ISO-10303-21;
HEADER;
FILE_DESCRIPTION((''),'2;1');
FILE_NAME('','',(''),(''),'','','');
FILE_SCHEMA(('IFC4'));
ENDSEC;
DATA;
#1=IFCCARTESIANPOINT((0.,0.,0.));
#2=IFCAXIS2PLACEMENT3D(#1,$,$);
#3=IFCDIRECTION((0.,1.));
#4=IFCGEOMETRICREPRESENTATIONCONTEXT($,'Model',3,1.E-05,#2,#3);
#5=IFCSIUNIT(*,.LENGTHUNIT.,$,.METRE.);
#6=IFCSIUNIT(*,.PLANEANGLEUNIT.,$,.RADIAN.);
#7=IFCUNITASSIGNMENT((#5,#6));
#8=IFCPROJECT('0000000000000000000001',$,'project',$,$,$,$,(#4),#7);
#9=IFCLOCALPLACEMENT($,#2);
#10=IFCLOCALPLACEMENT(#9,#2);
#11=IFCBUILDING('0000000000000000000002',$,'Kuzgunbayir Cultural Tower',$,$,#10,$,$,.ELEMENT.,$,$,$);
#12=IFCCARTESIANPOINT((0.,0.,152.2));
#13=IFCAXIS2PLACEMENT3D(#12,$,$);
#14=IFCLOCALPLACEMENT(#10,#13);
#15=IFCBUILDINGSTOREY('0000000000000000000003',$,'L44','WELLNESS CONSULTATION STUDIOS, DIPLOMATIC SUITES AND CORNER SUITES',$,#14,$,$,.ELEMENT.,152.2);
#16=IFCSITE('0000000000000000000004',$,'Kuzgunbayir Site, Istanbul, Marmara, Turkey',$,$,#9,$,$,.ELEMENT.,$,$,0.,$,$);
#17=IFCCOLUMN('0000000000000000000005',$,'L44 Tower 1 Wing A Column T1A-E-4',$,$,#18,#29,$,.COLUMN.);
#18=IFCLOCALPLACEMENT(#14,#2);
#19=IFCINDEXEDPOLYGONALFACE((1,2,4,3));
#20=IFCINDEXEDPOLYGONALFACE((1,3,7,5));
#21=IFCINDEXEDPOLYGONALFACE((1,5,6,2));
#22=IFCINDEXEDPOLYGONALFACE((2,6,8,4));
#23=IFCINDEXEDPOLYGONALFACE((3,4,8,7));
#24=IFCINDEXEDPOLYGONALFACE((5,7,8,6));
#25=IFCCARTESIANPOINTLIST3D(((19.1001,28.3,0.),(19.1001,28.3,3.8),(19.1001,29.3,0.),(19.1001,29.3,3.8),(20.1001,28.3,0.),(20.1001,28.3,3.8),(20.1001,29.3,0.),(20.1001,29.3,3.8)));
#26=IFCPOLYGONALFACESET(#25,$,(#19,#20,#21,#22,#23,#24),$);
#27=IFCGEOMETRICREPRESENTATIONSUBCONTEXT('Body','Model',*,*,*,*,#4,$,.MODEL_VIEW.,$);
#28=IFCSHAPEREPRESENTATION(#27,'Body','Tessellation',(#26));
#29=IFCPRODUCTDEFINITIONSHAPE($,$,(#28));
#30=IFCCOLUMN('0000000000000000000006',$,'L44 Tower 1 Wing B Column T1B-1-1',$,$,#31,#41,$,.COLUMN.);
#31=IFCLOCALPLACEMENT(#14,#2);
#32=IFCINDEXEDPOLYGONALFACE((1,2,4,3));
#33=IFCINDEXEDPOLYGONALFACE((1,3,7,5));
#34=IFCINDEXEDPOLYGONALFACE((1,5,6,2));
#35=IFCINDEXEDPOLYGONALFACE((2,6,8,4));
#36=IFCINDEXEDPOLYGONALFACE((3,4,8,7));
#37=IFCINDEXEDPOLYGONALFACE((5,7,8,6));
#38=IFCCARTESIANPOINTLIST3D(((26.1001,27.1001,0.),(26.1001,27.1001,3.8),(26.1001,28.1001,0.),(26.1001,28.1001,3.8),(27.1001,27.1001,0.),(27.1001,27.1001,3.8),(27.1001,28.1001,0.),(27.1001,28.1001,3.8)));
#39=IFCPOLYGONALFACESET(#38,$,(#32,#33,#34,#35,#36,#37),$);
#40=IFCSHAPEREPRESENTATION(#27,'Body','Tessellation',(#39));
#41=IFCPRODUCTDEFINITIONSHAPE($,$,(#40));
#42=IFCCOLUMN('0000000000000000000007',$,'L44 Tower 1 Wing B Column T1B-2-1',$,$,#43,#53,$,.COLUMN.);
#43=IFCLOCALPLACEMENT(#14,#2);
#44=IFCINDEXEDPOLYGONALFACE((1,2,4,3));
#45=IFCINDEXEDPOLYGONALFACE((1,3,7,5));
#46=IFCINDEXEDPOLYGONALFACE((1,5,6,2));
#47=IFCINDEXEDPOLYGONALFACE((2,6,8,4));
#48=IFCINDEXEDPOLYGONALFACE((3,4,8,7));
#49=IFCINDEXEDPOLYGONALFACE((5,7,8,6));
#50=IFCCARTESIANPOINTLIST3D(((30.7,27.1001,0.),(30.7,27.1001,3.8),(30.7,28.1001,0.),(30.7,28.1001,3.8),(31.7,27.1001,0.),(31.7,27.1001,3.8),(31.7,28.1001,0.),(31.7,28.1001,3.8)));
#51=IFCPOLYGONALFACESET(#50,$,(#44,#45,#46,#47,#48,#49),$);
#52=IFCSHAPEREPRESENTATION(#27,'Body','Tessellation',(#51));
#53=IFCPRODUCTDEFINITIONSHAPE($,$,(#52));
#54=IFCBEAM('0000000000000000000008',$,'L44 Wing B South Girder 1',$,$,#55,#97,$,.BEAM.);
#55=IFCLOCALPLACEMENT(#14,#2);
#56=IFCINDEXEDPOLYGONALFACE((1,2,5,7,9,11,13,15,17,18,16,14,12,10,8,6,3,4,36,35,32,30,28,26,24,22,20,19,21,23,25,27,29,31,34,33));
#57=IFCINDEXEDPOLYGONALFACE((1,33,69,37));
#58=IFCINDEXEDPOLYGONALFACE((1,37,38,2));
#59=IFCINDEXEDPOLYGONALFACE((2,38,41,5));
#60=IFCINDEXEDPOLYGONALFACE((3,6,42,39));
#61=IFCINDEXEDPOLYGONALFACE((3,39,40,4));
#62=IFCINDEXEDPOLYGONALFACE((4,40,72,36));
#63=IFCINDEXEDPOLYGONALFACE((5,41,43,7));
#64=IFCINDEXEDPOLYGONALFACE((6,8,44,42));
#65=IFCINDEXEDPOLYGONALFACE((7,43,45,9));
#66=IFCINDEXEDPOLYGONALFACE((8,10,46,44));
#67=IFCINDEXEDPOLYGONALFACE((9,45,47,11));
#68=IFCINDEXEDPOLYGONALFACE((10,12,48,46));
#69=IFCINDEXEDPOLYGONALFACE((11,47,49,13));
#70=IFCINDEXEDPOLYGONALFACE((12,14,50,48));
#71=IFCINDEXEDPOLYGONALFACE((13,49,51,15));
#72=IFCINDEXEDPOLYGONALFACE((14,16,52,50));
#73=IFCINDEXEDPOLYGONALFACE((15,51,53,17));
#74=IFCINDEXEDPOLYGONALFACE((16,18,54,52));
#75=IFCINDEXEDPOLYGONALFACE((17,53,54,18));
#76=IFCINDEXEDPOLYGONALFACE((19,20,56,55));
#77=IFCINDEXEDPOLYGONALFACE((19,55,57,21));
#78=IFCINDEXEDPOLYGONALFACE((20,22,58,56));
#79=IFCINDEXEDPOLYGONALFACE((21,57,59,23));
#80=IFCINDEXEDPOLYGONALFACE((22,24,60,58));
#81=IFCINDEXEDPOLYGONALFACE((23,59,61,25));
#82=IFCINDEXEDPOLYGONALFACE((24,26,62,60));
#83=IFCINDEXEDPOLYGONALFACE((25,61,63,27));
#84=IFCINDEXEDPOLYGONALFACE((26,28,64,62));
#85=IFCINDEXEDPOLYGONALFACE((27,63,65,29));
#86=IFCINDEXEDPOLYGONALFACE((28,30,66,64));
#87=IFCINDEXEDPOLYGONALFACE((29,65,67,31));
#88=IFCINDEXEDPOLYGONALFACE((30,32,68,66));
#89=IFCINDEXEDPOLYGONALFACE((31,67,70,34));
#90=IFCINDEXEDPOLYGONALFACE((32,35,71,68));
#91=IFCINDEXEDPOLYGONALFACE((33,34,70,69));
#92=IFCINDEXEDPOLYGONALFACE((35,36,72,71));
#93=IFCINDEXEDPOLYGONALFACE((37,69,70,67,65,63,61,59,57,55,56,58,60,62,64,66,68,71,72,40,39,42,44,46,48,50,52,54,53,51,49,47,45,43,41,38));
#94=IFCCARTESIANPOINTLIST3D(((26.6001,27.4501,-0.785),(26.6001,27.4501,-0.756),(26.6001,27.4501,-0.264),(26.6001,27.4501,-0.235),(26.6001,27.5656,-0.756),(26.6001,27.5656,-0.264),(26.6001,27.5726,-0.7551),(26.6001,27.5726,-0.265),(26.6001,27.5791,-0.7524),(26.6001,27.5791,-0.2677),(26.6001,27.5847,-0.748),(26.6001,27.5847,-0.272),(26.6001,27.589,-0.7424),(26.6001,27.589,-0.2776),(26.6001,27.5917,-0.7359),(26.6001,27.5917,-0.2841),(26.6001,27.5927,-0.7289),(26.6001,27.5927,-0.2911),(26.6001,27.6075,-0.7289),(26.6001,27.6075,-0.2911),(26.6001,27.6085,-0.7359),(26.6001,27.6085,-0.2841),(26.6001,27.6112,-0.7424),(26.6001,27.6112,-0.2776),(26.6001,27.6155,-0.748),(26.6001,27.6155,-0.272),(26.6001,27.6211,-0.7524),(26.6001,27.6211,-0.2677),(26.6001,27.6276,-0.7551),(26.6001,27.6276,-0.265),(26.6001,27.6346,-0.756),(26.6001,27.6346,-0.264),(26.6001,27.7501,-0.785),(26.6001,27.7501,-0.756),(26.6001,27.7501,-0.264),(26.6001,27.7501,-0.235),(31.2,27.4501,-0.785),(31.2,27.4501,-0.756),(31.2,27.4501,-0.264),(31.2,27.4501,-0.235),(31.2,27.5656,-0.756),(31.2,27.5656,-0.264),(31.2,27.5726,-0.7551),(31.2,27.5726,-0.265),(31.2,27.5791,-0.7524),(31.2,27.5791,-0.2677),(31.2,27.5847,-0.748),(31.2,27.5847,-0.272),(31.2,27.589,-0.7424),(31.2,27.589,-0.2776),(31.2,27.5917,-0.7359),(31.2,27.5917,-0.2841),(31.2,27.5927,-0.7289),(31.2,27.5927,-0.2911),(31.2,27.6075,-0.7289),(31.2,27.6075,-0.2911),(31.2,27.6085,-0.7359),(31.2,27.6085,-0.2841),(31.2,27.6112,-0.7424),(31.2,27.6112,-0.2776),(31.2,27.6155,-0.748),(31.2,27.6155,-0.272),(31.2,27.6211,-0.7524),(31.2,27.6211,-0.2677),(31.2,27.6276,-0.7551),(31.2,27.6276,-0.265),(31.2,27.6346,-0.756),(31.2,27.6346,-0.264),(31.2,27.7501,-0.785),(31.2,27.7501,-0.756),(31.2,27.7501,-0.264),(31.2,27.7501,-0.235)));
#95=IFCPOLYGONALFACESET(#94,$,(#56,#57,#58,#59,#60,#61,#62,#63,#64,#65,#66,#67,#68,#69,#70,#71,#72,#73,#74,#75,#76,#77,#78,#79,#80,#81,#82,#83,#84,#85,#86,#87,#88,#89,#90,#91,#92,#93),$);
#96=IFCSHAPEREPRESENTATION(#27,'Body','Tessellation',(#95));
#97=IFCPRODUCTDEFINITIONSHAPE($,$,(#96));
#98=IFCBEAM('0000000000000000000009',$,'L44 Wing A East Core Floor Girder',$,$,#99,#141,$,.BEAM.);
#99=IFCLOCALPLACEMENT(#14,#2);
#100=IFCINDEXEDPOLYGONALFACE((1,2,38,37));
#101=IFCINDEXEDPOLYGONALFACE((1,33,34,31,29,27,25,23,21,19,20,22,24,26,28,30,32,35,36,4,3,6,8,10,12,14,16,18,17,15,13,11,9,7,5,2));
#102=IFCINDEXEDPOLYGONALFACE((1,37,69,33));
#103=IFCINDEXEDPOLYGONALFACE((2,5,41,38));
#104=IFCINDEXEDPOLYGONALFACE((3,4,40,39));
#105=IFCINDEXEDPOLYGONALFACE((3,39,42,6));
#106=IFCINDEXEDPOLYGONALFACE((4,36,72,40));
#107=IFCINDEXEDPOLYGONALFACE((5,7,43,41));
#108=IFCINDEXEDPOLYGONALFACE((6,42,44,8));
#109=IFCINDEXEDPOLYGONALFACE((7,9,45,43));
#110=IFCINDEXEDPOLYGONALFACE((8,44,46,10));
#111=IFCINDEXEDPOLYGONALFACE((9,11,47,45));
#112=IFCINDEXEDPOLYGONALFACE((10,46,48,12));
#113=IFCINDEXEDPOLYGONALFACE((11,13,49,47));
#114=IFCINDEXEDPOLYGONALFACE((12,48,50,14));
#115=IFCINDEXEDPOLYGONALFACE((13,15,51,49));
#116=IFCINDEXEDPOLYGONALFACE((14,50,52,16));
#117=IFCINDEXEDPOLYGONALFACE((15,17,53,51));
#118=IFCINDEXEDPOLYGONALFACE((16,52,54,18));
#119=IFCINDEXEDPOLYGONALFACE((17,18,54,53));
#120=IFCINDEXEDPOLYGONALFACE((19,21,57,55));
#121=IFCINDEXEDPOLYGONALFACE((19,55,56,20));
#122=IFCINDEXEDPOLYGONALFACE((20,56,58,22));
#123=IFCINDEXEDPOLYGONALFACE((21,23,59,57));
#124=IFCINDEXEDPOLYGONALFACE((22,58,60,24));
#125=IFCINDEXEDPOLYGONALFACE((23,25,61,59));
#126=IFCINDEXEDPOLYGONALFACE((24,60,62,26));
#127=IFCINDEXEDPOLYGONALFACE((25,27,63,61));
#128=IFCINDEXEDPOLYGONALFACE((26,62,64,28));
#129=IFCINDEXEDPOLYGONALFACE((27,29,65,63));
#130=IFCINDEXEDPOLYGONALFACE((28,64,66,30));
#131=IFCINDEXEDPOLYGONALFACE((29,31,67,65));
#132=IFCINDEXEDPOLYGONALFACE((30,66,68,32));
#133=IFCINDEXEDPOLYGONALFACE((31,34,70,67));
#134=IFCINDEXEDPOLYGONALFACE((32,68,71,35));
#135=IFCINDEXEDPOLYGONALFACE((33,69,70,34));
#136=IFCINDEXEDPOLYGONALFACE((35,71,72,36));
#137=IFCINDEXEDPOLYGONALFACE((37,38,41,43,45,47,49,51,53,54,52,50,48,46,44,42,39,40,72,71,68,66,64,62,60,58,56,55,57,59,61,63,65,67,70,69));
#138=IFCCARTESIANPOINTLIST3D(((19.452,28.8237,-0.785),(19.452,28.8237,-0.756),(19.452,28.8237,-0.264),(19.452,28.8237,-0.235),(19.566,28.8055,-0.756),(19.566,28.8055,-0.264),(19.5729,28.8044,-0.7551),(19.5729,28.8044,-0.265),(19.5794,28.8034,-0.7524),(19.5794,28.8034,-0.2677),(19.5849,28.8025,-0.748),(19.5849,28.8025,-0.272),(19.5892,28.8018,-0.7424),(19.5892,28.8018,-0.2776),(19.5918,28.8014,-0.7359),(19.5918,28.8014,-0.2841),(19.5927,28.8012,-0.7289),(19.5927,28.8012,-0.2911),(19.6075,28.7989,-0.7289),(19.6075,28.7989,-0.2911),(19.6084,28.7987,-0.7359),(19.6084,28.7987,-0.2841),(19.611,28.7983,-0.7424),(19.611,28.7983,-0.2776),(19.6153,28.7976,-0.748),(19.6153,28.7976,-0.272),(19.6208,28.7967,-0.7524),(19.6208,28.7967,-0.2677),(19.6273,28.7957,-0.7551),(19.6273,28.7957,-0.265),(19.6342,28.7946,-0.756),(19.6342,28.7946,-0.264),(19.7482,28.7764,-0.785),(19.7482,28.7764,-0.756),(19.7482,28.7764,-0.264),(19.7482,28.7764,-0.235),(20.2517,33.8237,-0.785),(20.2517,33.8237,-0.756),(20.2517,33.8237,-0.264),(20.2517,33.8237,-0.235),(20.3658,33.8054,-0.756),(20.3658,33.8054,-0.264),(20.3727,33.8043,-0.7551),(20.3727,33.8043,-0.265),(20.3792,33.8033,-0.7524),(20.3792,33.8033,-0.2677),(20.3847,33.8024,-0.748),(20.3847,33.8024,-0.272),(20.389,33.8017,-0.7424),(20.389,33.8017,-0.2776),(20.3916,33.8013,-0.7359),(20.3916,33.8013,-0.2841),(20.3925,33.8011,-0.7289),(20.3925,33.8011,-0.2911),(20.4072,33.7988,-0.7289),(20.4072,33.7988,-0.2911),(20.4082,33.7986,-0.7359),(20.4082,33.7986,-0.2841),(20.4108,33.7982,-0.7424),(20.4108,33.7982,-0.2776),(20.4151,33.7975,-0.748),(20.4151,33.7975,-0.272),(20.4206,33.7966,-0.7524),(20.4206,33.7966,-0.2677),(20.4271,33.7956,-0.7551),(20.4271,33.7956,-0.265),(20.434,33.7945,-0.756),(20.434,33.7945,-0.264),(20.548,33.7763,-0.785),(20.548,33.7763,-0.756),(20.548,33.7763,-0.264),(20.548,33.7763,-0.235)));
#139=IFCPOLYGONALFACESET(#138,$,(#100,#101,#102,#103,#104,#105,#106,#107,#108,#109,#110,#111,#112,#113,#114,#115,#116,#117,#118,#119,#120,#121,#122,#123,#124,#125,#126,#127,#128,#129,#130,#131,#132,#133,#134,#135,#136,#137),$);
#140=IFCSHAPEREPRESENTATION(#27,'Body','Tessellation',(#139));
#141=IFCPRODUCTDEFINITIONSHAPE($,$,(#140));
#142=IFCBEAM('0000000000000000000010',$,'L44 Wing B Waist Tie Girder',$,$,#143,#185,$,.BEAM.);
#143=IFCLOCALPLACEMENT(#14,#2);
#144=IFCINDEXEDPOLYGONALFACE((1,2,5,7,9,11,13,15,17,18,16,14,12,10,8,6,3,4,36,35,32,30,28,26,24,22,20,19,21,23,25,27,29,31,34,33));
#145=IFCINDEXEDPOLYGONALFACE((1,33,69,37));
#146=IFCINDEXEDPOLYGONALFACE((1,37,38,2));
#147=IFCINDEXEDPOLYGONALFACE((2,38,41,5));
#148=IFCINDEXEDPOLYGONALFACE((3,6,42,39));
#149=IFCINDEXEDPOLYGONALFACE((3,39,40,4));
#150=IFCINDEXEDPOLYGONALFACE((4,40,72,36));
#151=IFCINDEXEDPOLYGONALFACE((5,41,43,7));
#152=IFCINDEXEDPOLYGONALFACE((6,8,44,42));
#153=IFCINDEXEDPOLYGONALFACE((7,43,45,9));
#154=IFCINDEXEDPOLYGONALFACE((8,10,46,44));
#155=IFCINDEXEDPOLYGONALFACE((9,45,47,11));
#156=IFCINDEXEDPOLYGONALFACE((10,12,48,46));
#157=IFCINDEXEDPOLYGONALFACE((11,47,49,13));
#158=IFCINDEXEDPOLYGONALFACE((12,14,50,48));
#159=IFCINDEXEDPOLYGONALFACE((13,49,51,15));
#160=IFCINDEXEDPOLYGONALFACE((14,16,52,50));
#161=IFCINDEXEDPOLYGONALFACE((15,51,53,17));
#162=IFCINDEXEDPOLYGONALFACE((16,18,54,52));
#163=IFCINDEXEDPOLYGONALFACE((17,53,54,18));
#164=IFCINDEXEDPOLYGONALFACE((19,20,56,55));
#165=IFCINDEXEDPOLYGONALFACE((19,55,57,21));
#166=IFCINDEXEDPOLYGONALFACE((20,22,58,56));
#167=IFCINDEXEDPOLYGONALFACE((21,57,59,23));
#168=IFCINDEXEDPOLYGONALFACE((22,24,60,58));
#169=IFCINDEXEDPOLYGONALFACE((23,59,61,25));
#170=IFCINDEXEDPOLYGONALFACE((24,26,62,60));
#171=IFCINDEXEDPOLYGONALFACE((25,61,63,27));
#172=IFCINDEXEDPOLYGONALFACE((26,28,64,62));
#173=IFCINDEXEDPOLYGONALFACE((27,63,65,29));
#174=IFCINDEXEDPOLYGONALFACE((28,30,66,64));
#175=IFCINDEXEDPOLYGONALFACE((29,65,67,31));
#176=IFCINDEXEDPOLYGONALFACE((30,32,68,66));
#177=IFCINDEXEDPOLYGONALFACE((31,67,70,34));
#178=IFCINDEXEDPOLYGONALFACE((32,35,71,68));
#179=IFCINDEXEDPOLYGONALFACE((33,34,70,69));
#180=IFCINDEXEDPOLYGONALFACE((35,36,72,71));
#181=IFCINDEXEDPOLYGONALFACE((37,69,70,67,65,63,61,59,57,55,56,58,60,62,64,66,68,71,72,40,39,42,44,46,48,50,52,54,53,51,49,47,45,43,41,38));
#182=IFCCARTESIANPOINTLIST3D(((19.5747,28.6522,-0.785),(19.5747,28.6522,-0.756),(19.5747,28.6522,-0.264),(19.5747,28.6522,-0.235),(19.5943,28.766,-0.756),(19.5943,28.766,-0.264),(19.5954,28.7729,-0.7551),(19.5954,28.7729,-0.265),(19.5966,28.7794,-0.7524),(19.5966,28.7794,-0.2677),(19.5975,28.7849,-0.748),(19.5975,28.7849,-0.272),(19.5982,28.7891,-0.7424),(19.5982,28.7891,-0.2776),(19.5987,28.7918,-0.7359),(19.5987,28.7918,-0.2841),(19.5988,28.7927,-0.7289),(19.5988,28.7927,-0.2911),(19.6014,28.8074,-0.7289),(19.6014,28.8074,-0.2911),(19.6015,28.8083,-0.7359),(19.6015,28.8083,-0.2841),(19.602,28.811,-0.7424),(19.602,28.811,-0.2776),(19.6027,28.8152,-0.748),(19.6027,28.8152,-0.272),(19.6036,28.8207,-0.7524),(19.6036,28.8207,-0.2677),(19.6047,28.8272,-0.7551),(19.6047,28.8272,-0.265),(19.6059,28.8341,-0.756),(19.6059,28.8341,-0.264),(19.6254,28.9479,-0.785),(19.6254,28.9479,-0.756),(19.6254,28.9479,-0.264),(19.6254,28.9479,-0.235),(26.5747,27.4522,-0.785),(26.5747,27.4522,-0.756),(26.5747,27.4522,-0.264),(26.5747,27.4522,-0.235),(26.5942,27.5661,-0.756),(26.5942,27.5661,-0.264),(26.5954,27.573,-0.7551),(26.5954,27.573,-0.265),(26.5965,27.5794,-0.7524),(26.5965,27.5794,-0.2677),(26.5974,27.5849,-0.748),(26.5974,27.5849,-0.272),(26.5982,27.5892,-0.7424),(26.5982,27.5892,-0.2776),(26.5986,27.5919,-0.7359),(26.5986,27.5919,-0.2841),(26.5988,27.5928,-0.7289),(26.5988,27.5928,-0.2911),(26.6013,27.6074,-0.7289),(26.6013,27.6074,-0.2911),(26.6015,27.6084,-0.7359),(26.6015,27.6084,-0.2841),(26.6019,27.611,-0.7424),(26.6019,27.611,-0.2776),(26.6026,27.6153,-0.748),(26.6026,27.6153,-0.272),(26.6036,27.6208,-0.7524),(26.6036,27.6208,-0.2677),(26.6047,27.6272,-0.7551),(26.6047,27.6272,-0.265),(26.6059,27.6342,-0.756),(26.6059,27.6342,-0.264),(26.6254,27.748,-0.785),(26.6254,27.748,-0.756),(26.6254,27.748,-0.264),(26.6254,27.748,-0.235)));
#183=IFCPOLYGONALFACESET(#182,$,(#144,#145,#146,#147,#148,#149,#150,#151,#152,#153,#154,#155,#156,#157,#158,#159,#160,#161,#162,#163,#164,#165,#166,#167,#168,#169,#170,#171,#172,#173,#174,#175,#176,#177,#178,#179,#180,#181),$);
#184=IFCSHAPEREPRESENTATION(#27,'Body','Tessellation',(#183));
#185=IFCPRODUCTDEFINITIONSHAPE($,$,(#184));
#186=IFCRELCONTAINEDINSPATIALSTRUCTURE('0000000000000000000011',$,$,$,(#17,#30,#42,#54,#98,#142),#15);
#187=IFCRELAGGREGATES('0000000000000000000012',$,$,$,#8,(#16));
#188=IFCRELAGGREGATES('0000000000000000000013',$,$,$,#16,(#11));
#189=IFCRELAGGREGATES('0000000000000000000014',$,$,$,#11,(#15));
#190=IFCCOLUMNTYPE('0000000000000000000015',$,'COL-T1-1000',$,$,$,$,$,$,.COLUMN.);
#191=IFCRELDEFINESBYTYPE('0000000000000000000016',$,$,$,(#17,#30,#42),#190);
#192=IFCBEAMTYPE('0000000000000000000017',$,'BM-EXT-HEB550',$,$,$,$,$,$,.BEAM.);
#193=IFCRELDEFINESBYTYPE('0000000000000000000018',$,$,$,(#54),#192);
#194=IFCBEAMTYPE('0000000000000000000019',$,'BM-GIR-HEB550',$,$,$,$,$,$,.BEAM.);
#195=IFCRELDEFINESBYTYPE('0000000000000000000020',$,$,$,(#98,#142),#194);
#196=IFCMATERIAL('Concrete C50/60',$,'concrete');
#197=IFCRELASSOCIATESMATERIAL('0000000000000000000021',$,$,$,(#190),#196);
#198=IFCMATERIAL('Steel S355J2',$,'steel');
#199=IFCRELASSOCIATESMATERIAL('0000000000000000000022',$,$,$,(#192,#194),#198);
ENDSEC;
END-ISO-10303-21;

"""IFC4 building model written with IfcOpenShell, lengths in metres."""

from ifc_helpers import new_model, si_unit, direction, frame, origin, origin_2d, place, context, subcontext, project, spatial, rectangle, i_section, extrude, material, material_profile, profile_set, type_object, element, save


model = new_model("IFC4")

# Units and contexts
model_context = context("Model", 3, precision=1e-05, world=origin(), true_north=direction((0.0, 1.0)))
body_context = subcontext(model_context, "Body", "Model", "MODEL_VIEW")
ifc_project = project(units=[si_unit("LENGTHUNIT", "METRE"), si_unit("PLANEANGLEUNIT", "RADIAN")], contexts=[model_context])

# Site, building, storey
site_placement = place(None, origin())
site = spatial("IfcSite", under=ifc_project, at=site_placement, Name="Kuzgunbayir Site, Istanbul, Marmara, Turkey", CompositionType="ELEMENT", RefElevation=0.0)
building_placement = place(site_placement, origin())
building = spatial("IfcBuilding", under=site, at=building_placement, Name="Kuzgunbayir Cultural Tower", CompositionType="ELEMENT")
storey_placement = place(building_placement, frame((0.0, 0.0, 152.2)))
storey = spatial("IfcBuildingStorey", under=building, at=storey_placement, Name="L44", Description="WELLNESS CONSULTATION STUDIOS, DIPLOMATIC SUITES AND CORNER SUITES", CompositionType="ELEMENT", Elevation=152.2)

# Columns
ifc_material_1 = material(Name="Concrete C50/60", Category="concrete")
ifc_material_profile_1 = material_profile(ifc_material_1, rectangle(XDim=1.0, YDim=1.0, at=origin_2d()), Name="RC 1000x1000")
ifc_profile_set_1 = profile_set([ifc_material_profile_1], Name="Concrete C50/60")
column_type = type_object("IfcColumnType", Name="COL-T1-1000", PredefinedType="COLUMN", material=ifc_profile_set_1)
for number, where, z_axis, x_axis, name in (
    (1, (19.6001, 28.8, 0.0), (0.0, 0.0, 1.0), (1.0, 0.0, 0.0), "L44 Tower 1 Wing A Column T1A-E-4"),
    (2, (26.6001, 27.6001, 0.0), (0.0, 0.0, 1.0), (1.0, 0.0, 0.0), "L44 Tower 1 Wing B Column T1B-1-1"),
    (3, (31.2, 27.6001, 0.0), (0.0, 0.0, 1.0), (1.0, 0.0, 0.0), "L44 Tower 1 Wing B Column T1B-2-1"),
):
    element("IfcColumn", number, at=place(storey_placement, frame(where, z_axis=z_axis, x_axis=x_axis)), inside=storey, type_object=column_type, Name=name, PredefinedType="COLUMN", context=body_context, shape_type="SweptSolid", body=[
        extrude(rectangle(XDim=1.0, YDim=1.0, at=origin_2d()), origin(), (0.0, 0.0, 1.0), 3.8),
    ])

# Beams
ifc_material_2 = material(Name="Steel S355J2", Category="steel")
ifc_material_profile_2 = material_profile(ifc_material_2, i_section(OverallWidth=0.3, OverallDepth=0.55, WebThickness=0.0149, FlangeThickness=0.0291, FilletRadius=0.0271, at=origin_2d()), Name="HEB 550")
ifc_profile_set_2 = profile_set([ifc_material_profile_2], Name="Steel S355J2")
beam_type_1 = type_object("IfcBeamType", Name="BM-EXT-HEB550", PredefinedType="BEAM", material=ifc_profile_set_2)
beam_1_placement = place(storey_placement, frame((26.6001, 27.6001, -0.51), z_axis=(1.0, 0.0, 0.0), x_axis=(0.0, 1.0, 0.0)))
element("IfcBeam", 4, at=beam_1_placement, inside=storey, type_object=beam_type_1, Name="L44 Wing B South Girder 1", PredefinedType="BEAM", context=body_context, shape_type="SweptSolid", body=[
    extrude(i_section(OverallWidth=0.3, OverallDepth=0.55, WebThickness=0.0149, FlangeThickness=0.0291, FilletRadius=0.0271, at=origin_2d()), origin(), (0.0, 0.0, 1.0), 4.5999),
])
ifc_material_profile_3 = material_profile(ifc_material_2, i_section(OverallWidth=0.3, OverallDepth=0.55, WebThickness=0.0149, FlangeThickness=0.0291, FilletRadius=0.0271, at=origin_2d()), Name="HEB 550")
ifc_profile_set_3 = profile_set([ifc_material_profile_3], Name="Steel S355J2")
beam_type_2 = type_object("IfcBeamType", Name="BM-GIR-HEB550", PredefinedType="BEAM", material=ifc_profile_set_3)
beam_2_placement = place(storey_placement, frame((19.6001, 28.8, -0.51), z_axis=(0.157953, 0.987447, 0.0), x_axis=(-0.987447, 0.157953, 0.0)))
element("IfcBeam", 5, at=beam_2_placement, inside=storey, type_object=beam_type_2, Name="L44 Wing A East Core Floor Girder", PredefinedType="BEAM", context=body_context, shape_type="SweptSolid", body=[
    extrude(i_section(OverallWidth=0.3, OverallDepth=0.55, WebThickness=0.0149, FlangeThickness=0.0291, FilletRadius=0.0271, at=origin_2d()), origin(), (0.0, 0.0, 1.0), 5.0635),
])
beam_3_placement = place(storey_placement, frame((19.6001, 28.8, -0.51), z_axis=(0.985623, -0.168957, 0.0), x_axis=(0.168957, 0.985623, 0.0)))
element("IfcBeam", 6, at=beam_3_placement, inside=storey, type_object=beam_type_2, Name="L44 Wing B Waist Tie Girder", PredefinedType="BEAM", context=body_context, shape_type="SweptSolid", body=[
    extrude(i_section(OverallWidth=0.3, OverallDepth=0.55, WebThickness=0.0149, FlangeThickness=0.0291, FilletRadius=0.0271, at=origin_2d()), origin(), (0.0, 0.0, 1.0), 7.1021),
])

save(model, "model.ifc")
